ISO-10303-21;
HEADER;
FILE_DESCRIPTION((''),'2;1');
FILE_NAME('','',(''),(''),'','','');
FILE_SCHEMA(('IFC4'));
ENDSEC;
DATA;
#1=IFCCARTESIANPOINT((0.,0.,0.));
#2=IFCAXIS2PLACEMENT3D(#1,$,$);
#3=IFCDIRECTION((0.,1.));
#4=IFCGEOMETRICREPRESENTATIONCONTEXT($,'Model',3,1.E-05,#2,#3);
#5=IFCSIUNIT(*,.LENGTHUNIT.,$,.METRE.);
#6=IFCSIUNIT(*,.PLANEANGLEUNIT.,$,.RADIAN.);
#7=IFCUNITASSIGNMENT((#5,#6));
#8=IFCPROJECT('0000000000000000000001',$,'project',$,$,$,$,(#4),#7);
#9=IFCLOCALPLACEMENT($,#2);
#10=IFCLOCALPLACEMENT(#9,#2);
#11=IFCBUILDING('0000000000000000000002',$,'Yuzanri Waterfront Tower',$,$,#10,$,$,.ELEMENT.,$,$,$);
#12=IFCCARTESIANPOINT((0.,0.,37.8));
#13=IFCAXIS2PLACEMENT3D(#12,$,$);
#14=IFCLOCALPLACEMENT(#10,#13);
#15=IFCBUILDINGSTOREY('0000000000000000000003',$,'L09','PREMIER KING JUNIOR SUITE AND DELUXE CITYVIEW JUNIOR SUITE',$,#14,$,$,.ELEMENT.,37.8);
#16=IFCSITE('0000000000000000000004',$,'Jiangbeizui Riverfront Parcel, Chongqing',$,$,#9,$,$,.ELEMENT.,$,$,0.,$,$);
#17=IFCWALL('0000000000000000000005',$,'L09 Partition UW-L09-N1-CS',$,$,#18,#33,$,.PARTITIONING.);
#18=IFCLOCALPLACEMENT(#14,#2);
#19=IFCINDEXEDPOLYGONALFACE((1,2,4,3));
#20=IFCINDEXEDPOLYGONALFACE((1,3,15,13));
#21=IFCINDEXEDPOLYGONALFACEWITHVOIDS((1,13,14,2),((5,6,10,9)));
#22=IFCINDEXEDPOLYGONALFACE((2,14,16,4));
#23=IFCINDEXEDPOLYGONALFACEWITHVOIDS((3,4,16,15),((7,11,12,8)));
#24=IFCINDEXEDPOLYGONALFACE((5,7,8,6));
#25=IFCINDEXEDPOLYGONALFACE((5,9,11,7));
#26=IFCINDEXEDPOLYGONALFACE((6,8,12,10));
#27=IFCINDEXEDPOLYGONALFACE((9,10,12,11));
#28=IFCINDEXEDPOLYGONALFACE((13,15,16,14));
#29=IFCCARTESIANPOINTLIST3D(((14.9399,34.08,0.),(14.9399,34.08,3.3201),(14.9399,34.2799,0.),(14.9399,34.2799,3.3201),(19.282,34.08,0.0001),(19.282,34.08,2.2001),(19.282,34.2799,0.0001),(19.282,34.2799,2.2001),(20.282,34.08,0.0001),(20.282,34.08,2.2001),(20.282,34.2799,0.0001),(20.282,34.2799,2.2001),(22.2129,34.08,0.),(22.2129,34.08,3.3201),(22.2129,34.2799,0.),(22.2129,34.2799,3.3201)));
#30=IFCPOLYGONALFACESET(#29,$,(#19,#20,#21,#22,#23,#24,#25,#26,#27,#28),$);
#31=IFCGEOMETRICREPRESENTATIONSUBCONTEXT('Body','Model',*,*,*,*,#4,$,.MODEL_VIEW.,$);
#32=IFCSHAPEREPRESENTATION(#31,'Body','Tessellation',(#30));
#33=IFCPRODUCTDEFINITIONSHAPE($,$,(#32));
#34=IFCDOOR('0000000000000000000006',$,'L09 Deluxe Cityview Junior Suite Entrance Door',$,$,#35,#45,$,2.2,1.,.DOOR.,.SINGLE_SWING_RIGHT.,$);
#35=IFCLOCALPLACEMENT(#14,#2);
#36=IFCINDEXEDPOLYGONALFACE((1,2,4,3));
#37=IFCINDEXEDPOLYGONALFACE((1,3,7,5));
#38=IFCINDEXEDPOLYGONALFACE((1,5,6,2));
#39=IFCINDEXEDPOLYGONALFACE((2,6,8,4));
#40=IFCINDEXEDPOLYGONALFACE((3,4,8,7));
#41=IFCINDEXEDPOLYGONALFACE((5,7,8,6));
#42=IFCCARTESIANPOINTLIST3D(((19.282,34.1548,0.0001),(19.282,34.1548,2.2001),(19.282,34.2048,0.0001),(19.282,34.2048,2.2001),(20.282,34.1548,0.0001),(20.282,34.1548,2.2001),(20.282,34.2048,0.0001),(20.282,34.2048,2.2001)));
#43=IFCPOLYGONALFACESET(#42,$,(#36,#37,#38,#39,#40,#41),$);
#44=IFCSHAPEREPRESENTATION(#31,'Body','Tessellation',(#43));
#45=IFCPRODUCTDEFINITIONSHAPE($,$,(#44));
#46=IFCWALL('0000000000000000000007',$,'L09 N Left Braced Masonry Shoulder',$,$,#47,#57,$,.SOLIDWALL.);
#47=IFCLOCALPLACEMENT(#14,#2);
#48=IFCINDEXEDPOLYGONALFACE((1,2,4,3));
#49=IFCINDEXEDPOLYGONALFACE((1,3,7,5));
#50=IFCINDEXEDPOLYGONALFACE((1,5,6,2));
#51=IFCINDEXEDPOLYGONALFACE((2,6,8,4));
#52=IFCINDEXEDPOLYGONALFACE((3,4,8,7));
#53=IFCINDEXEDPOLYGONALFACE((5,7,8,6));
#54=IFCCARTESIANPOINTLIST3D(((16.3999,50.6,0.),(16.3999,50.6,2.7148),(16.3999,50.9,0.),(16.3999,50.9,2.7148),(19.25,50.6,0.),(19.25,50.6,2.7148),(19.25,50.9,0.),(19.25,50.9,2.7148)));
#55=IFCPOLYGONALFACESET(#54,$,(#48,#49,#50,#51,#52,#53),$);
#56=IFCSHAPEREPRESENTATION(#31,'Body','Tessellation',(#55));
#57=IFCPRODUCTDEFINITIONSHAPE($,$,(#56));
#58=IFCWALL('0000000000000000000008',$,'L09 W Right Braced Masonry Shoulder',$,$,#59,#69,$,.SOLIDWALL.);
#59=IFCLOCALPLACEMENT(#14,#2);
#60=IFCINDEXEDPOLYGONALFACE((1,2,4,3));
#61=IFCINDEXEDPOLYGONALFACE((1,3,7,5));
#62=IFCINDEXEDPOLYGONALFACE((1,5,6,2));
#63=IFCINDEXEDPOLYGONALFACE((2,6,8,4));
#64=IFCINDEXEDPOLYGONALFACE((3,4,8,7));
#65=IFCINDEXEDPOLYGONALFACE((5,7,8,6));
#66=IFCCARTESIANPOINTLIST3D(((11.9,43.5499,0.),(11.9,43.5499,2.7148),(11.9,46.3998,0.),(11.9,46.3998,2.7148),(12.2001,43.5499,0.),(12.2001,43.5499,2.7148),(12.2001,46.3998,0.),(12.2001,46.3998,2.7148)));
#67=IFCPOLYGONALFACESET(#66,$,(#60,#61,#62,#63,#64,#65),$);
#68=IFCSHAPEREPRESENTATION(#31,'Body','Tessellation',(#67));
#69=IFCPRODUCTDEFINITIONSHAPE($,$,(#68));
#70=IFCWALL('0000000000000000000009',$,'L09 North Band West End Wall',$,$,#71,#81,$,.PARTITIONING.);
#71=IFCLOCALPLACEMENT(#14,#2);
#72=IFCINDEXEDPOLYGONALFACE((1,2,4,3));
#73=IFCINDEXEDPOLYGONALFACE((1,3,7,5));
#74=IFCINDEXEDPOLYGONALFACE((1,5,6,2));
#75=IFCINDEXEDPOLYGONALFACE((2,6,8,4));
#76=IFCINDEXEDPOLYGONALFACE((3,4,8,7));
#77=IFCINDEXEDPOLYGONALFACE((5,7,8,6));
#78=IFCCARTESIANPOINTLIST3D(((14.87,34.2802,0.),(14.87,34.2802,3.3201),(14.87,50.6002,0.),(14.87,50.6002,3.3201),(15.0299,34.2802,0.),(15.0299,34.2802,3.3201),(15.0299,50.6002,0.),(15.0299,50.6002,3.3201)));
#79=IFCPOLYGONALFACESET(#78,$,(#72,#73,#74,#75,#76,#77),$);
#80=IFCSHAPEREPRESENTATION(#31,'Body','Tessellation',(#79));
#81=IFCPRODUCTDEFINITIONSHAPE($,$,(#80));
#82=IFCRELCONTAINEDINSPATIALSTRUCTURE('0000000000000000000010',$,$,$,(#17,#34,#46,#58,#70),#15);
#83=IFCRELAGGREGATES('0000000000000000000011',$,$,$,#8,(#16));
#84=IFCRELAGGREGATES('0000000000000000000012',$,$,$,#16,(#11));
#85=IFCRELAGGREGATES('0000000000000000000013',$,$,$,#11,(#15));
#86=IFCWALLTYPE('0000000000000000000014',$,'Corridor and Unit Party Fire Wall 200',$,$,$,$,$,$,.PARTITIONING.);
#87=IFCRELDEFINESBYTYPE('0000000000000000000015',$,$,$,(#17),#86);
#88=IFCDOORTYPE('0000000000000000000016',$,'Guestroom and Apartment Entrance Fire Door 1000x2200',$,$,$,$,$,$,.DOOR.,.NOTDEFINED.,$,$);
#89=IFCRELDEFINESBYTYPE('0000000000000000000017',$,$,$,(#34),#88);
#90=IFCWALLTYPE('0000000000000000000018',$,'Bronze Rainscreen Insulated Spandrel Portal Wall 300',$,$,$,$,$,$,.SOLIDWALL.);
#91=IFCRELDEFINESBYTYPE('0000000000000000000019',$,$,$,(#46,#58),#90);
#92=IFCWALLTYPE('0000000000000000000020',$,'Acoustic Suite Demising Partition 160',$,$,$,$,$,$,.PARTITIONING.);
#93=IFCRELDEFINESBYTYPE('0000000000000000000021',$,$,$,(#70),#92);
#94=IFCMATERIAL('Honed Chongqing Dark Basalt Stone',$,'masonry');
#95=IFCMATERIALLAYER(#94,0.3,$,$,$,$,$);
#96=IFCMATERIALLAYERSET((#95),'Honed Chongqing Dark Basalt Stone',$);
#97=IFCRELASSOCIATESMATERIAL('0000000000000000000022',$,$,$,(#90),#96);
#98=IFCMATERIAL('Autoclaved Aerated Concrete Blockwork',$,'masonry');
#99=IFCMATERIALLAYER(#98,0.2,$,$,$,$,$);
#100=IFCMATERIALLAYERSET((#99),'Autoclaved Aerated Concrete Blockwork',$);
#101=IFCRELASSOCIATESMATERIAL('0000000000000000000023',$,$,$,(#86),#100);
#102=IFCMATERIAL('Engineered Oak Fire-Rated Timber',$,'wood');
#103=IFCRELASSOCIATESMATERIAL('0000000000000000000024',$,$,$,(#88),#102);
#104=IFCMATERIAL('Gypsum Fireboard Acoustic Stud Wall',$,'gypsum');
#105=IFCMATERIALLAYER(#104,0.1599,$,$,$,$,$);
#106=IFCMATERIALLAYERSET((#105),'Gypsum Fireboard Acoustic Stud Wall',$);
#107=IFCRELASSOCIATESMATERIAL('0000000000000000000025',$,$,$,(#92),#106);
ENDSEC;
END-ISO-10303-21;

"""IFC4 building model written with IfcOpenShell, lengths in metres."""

from ifc_helpers import new_model, si_unit, direction, frame, frame_2d, origin, place, context, subcontext, project, spatial, rectangle, extrude, source, transform, mapped, material, layer, layer_set, type_object, element, fill, save


model = new_model("IFC4")

# Units and contexts
model_context = context("Model", 3, precision=1e-05, world=origin(), true_north=direction((0.0, 1.0)))
body_context = subcontext(model_context, "Body", "Model", "MODEL_VIEW")
ifc_project = project(units=[si_unit("LENGTHUNIT", "METRE"), si_unit("PLANEANGLEUNIT", "RADIAN")], contexts=[model_context])

# Site, building, storey
site_placement = place(None, origin())
site = spatial("IfcSite", under=ifc_project, at=site_placement, Name="Jiangbeizui Riverfront Parcel, Chongqing", CompositionType="ELEMENT", RefElevation=0.0)
building_placement = place(site_placement, origin())
building = spatial("IfcBuilding", under=site, at=building_placement, Name="Yuzanri Waterfront Tower", CompositionType="ELEMENT")
storey_placement = place(building_placement, frame((0.0, 0.0, 37.8)))
storey = spatial("IfcBuildingStorey", under=building, at=storey_placement, Name="L09", Description="PREMIER KING JUNIOR SUITE AND DELUXE CITYVIEW JUNIOR SUITE", CompositionType="ELEMENT", Elevation=37.8)

# Shared definitions
ifc_material_1 = material(Name="Honed Chongqing Dark Basalt Stone", Category="masonry")
ifc_layer_1 = layer(ifc_material_1, 0.3)
ifc_layer_set_1 = layer_set([ifc_layer_1], Name="Honed Chongqing Dark Basalt Stone")
wall_type_1 = type_object("IfcWallType", Name="Bronze Rainscreen Insulated Spandrel Portal Wall 300", PredefinedType="SOLIDWALL", material=ifc_layer_set_1)

# Wall, opening, door
ifc_material_2 = material(Name="Autoclaved Aerated Concrete Blockwork", Category="masonry")
ifc_layer_2 = layer(ifc_material_2, 0.2)
ifc_layer_set_2 = layer_set([ifc_layer_2], Name="Autoclaved Aerated Concrete Blockwork")
wall_type_2 = type_object("IfcWallType", Name="Corridor and Unit Party Fire Wall 200", PredefinedType="PARTITIONING", material=ifc_layer_set_2)
wall_1_placement = place(storey_placement, frame((14.9399, 34.1799, 0.0), z_axis=(0.0, 0.0, 1.0), x_axis=(1.0, 0.0, 0.0)))
wall_1 = element("IfcWall", 1, at=wall_1_placement, inside=storey, type_object=wall_type_2, Name="L09 Partition UW-L09-N1-CS", PredefinedType="PARTITIONING", context=body_context, shape_type="SweptSolid", body=[
    extrude(rectangle(XDim=7.2729, YDim=0.2, at=frame_2d((3.6365, 0.0))), origin(), (0.0, 0.0, 1.0), 3.3201),
])
opening_1_placement = place(wall_1_placement, frame((4.342, 0.0, 0.0)))
opening_1 = element("IfcOpeningElement", 2, at=opening_1_placement, cuts=wall_1, PredefinedType="OPENING", context=body_context, shape_type="SweptSolid", body=[
    extrude(rectangle(XDim=1.0, YDim=2.2, at=frame_2d((0.5, 1.1001))), frame((0.0, 0.1147, 0.0), z_axis=(0.0, -1.0, 0.0), x_axis=(1.0, 0.0, 0.0)), (0.0, 0.0, 1.0), 0.2297),
])
ifc_material_3 = material(Name="Engineered Oak Fire-Rated Timber", Category="wood")
door_type_1 = type_object("IfcDoorType", Name="Guestroom and Apartment Entrance Fire Door 1000x2200", OperationType="NOTDEFINED", PredefinedType="DOOR", material=ifc_material_3)
shared_shape_1 = source(origin(), body_context, "Body", "SweptSolid", [
    extrude(rectangle(XDim=1.0, YDim=2.2, at=frame_2d((0.5, 1.1001))), frame((0.0, 0.0249, 0.0), z_axis=(0.0, -1.0, 0.0), x_axis=(1.0, 0.0, 0.0)), (0.0, 0.0, 1.0), 0.05),
])
door_1_placement = place(opening_1_placement, origin())
door_1 = element("IfcDoor", 3, at=door_1_placement, inside=storey, type_object=door_type_1, Name="L09 Deluxe Cityview Junior Suite Entrance Door", OperationType="SINGLE_SWING_RIGHT", OverallHeight=2.2, OverallWidth=1.0, PredefinedType="DOOR", context=body_context, shape_type="MappedRepresentation", body=[
    mapped(shared_shape_1, transform((0.0, 0.0, 0.0), scale=1.0)),
])
fill(opening_1, door_1)

# Walls
shared_shape_2 = source(origin(), body_context, "Body", "SweptSolid", [
    extrude(rectangle(XDim=2.8501, YDim=0.3, at=frame_2d((1.425, 0.0))), origin(), (0.0, 0.0, 1.0), 2.7148),
])
wall_2_placement = place(storey_placement, frame((16.3999, 50.75, 0.0), z_axis=(0.0, 0.0, 1.0), x_axis=(1.0, 0.0, 0.0)))
element("IfcWall", 4, at=wall_2_placement, inside=storey, type_object=wall_type_1, Name="L09 N Left Braced Masonry Shoulder", PredefinedType="SOLIDWALL", context=body_context, shape_type="MappedRepresentation", body=[
    mapped(shared_shape_2, transform((0.0, 0.0, 0.0), scale=1.0)),
])
shared_shape_3 = source(origin(), body_context, "Body", "SweptSolid", [
    extrude(rectangle(XDim=2.8499, YDim=0.3, at=frame_2d((1.4248, 0.0))), origin(), (0.0, 0.0, 1.0), 2.7148),
])
wall_3_placement = place(storey_placement, frame((12.05, 43.55, 0.0), z_axis=(0.0, 0.0, 1.0), x_axis=(0.0, 1.0, 0.0)))
element("IfcWall", 5, at=wall_3_placement, inside=storey, type_object=wall_type_1, Name="L09 W Right Braced Masonry Shoulder", PredefinedType="SOLIDWALL", context=body_context, shape_type="MappedRepresentation", body=[
    mapped(shared_shape_3, transform((0.0, 0.0, 0.0), scale=1.0)),
])
ifc_material_4 = material(Name="Gypsum Fireboard Acoustic Stud Wall", Category="gypsum")
ifc_layer_3 = layer(ifc_material_4, 0.1599)
ifc_layer_set_3 = layer_set([ifc_layer_3], Name="Gypsum Fireboard Acoustic Stud Wall")
wall_type_3 = type_object("IfcWallType", Name="Acoustic Suite Demising Partition 160", PredefinedType="PARTITIONING", material=ifc_layer_set_3)
shared_shape_4 = source(origin(), body_context, "Body", "SweptSolid", [
    extrude(rectangle(XDim=16.3201, YDim=0.1599, at=frame_2d((8.1602, 0.0))), origin(), (0.0, 0.0, 1.0), 3.3201),
])
wall_4_placement = place(storey_placement, frame((14.95, 34.28, 0.0), z_axis=(0.0, 0.0, 1.0), x_axis=(0.0, 1.0, 0.0)))
element("IfcWall", 6, at=wall_4_placement, inside=storey, type_object=wall_type_3, Name="L09 North Band West End Wall", PredefinedType="PARTITIONING", context=body_context, shape_type="MappedRepresentation", body=[
    mapped(shared_shape_4, transform((0.0, 0.0, 0.0), scale=1.0)),
])

save(model, "model.ifc")
